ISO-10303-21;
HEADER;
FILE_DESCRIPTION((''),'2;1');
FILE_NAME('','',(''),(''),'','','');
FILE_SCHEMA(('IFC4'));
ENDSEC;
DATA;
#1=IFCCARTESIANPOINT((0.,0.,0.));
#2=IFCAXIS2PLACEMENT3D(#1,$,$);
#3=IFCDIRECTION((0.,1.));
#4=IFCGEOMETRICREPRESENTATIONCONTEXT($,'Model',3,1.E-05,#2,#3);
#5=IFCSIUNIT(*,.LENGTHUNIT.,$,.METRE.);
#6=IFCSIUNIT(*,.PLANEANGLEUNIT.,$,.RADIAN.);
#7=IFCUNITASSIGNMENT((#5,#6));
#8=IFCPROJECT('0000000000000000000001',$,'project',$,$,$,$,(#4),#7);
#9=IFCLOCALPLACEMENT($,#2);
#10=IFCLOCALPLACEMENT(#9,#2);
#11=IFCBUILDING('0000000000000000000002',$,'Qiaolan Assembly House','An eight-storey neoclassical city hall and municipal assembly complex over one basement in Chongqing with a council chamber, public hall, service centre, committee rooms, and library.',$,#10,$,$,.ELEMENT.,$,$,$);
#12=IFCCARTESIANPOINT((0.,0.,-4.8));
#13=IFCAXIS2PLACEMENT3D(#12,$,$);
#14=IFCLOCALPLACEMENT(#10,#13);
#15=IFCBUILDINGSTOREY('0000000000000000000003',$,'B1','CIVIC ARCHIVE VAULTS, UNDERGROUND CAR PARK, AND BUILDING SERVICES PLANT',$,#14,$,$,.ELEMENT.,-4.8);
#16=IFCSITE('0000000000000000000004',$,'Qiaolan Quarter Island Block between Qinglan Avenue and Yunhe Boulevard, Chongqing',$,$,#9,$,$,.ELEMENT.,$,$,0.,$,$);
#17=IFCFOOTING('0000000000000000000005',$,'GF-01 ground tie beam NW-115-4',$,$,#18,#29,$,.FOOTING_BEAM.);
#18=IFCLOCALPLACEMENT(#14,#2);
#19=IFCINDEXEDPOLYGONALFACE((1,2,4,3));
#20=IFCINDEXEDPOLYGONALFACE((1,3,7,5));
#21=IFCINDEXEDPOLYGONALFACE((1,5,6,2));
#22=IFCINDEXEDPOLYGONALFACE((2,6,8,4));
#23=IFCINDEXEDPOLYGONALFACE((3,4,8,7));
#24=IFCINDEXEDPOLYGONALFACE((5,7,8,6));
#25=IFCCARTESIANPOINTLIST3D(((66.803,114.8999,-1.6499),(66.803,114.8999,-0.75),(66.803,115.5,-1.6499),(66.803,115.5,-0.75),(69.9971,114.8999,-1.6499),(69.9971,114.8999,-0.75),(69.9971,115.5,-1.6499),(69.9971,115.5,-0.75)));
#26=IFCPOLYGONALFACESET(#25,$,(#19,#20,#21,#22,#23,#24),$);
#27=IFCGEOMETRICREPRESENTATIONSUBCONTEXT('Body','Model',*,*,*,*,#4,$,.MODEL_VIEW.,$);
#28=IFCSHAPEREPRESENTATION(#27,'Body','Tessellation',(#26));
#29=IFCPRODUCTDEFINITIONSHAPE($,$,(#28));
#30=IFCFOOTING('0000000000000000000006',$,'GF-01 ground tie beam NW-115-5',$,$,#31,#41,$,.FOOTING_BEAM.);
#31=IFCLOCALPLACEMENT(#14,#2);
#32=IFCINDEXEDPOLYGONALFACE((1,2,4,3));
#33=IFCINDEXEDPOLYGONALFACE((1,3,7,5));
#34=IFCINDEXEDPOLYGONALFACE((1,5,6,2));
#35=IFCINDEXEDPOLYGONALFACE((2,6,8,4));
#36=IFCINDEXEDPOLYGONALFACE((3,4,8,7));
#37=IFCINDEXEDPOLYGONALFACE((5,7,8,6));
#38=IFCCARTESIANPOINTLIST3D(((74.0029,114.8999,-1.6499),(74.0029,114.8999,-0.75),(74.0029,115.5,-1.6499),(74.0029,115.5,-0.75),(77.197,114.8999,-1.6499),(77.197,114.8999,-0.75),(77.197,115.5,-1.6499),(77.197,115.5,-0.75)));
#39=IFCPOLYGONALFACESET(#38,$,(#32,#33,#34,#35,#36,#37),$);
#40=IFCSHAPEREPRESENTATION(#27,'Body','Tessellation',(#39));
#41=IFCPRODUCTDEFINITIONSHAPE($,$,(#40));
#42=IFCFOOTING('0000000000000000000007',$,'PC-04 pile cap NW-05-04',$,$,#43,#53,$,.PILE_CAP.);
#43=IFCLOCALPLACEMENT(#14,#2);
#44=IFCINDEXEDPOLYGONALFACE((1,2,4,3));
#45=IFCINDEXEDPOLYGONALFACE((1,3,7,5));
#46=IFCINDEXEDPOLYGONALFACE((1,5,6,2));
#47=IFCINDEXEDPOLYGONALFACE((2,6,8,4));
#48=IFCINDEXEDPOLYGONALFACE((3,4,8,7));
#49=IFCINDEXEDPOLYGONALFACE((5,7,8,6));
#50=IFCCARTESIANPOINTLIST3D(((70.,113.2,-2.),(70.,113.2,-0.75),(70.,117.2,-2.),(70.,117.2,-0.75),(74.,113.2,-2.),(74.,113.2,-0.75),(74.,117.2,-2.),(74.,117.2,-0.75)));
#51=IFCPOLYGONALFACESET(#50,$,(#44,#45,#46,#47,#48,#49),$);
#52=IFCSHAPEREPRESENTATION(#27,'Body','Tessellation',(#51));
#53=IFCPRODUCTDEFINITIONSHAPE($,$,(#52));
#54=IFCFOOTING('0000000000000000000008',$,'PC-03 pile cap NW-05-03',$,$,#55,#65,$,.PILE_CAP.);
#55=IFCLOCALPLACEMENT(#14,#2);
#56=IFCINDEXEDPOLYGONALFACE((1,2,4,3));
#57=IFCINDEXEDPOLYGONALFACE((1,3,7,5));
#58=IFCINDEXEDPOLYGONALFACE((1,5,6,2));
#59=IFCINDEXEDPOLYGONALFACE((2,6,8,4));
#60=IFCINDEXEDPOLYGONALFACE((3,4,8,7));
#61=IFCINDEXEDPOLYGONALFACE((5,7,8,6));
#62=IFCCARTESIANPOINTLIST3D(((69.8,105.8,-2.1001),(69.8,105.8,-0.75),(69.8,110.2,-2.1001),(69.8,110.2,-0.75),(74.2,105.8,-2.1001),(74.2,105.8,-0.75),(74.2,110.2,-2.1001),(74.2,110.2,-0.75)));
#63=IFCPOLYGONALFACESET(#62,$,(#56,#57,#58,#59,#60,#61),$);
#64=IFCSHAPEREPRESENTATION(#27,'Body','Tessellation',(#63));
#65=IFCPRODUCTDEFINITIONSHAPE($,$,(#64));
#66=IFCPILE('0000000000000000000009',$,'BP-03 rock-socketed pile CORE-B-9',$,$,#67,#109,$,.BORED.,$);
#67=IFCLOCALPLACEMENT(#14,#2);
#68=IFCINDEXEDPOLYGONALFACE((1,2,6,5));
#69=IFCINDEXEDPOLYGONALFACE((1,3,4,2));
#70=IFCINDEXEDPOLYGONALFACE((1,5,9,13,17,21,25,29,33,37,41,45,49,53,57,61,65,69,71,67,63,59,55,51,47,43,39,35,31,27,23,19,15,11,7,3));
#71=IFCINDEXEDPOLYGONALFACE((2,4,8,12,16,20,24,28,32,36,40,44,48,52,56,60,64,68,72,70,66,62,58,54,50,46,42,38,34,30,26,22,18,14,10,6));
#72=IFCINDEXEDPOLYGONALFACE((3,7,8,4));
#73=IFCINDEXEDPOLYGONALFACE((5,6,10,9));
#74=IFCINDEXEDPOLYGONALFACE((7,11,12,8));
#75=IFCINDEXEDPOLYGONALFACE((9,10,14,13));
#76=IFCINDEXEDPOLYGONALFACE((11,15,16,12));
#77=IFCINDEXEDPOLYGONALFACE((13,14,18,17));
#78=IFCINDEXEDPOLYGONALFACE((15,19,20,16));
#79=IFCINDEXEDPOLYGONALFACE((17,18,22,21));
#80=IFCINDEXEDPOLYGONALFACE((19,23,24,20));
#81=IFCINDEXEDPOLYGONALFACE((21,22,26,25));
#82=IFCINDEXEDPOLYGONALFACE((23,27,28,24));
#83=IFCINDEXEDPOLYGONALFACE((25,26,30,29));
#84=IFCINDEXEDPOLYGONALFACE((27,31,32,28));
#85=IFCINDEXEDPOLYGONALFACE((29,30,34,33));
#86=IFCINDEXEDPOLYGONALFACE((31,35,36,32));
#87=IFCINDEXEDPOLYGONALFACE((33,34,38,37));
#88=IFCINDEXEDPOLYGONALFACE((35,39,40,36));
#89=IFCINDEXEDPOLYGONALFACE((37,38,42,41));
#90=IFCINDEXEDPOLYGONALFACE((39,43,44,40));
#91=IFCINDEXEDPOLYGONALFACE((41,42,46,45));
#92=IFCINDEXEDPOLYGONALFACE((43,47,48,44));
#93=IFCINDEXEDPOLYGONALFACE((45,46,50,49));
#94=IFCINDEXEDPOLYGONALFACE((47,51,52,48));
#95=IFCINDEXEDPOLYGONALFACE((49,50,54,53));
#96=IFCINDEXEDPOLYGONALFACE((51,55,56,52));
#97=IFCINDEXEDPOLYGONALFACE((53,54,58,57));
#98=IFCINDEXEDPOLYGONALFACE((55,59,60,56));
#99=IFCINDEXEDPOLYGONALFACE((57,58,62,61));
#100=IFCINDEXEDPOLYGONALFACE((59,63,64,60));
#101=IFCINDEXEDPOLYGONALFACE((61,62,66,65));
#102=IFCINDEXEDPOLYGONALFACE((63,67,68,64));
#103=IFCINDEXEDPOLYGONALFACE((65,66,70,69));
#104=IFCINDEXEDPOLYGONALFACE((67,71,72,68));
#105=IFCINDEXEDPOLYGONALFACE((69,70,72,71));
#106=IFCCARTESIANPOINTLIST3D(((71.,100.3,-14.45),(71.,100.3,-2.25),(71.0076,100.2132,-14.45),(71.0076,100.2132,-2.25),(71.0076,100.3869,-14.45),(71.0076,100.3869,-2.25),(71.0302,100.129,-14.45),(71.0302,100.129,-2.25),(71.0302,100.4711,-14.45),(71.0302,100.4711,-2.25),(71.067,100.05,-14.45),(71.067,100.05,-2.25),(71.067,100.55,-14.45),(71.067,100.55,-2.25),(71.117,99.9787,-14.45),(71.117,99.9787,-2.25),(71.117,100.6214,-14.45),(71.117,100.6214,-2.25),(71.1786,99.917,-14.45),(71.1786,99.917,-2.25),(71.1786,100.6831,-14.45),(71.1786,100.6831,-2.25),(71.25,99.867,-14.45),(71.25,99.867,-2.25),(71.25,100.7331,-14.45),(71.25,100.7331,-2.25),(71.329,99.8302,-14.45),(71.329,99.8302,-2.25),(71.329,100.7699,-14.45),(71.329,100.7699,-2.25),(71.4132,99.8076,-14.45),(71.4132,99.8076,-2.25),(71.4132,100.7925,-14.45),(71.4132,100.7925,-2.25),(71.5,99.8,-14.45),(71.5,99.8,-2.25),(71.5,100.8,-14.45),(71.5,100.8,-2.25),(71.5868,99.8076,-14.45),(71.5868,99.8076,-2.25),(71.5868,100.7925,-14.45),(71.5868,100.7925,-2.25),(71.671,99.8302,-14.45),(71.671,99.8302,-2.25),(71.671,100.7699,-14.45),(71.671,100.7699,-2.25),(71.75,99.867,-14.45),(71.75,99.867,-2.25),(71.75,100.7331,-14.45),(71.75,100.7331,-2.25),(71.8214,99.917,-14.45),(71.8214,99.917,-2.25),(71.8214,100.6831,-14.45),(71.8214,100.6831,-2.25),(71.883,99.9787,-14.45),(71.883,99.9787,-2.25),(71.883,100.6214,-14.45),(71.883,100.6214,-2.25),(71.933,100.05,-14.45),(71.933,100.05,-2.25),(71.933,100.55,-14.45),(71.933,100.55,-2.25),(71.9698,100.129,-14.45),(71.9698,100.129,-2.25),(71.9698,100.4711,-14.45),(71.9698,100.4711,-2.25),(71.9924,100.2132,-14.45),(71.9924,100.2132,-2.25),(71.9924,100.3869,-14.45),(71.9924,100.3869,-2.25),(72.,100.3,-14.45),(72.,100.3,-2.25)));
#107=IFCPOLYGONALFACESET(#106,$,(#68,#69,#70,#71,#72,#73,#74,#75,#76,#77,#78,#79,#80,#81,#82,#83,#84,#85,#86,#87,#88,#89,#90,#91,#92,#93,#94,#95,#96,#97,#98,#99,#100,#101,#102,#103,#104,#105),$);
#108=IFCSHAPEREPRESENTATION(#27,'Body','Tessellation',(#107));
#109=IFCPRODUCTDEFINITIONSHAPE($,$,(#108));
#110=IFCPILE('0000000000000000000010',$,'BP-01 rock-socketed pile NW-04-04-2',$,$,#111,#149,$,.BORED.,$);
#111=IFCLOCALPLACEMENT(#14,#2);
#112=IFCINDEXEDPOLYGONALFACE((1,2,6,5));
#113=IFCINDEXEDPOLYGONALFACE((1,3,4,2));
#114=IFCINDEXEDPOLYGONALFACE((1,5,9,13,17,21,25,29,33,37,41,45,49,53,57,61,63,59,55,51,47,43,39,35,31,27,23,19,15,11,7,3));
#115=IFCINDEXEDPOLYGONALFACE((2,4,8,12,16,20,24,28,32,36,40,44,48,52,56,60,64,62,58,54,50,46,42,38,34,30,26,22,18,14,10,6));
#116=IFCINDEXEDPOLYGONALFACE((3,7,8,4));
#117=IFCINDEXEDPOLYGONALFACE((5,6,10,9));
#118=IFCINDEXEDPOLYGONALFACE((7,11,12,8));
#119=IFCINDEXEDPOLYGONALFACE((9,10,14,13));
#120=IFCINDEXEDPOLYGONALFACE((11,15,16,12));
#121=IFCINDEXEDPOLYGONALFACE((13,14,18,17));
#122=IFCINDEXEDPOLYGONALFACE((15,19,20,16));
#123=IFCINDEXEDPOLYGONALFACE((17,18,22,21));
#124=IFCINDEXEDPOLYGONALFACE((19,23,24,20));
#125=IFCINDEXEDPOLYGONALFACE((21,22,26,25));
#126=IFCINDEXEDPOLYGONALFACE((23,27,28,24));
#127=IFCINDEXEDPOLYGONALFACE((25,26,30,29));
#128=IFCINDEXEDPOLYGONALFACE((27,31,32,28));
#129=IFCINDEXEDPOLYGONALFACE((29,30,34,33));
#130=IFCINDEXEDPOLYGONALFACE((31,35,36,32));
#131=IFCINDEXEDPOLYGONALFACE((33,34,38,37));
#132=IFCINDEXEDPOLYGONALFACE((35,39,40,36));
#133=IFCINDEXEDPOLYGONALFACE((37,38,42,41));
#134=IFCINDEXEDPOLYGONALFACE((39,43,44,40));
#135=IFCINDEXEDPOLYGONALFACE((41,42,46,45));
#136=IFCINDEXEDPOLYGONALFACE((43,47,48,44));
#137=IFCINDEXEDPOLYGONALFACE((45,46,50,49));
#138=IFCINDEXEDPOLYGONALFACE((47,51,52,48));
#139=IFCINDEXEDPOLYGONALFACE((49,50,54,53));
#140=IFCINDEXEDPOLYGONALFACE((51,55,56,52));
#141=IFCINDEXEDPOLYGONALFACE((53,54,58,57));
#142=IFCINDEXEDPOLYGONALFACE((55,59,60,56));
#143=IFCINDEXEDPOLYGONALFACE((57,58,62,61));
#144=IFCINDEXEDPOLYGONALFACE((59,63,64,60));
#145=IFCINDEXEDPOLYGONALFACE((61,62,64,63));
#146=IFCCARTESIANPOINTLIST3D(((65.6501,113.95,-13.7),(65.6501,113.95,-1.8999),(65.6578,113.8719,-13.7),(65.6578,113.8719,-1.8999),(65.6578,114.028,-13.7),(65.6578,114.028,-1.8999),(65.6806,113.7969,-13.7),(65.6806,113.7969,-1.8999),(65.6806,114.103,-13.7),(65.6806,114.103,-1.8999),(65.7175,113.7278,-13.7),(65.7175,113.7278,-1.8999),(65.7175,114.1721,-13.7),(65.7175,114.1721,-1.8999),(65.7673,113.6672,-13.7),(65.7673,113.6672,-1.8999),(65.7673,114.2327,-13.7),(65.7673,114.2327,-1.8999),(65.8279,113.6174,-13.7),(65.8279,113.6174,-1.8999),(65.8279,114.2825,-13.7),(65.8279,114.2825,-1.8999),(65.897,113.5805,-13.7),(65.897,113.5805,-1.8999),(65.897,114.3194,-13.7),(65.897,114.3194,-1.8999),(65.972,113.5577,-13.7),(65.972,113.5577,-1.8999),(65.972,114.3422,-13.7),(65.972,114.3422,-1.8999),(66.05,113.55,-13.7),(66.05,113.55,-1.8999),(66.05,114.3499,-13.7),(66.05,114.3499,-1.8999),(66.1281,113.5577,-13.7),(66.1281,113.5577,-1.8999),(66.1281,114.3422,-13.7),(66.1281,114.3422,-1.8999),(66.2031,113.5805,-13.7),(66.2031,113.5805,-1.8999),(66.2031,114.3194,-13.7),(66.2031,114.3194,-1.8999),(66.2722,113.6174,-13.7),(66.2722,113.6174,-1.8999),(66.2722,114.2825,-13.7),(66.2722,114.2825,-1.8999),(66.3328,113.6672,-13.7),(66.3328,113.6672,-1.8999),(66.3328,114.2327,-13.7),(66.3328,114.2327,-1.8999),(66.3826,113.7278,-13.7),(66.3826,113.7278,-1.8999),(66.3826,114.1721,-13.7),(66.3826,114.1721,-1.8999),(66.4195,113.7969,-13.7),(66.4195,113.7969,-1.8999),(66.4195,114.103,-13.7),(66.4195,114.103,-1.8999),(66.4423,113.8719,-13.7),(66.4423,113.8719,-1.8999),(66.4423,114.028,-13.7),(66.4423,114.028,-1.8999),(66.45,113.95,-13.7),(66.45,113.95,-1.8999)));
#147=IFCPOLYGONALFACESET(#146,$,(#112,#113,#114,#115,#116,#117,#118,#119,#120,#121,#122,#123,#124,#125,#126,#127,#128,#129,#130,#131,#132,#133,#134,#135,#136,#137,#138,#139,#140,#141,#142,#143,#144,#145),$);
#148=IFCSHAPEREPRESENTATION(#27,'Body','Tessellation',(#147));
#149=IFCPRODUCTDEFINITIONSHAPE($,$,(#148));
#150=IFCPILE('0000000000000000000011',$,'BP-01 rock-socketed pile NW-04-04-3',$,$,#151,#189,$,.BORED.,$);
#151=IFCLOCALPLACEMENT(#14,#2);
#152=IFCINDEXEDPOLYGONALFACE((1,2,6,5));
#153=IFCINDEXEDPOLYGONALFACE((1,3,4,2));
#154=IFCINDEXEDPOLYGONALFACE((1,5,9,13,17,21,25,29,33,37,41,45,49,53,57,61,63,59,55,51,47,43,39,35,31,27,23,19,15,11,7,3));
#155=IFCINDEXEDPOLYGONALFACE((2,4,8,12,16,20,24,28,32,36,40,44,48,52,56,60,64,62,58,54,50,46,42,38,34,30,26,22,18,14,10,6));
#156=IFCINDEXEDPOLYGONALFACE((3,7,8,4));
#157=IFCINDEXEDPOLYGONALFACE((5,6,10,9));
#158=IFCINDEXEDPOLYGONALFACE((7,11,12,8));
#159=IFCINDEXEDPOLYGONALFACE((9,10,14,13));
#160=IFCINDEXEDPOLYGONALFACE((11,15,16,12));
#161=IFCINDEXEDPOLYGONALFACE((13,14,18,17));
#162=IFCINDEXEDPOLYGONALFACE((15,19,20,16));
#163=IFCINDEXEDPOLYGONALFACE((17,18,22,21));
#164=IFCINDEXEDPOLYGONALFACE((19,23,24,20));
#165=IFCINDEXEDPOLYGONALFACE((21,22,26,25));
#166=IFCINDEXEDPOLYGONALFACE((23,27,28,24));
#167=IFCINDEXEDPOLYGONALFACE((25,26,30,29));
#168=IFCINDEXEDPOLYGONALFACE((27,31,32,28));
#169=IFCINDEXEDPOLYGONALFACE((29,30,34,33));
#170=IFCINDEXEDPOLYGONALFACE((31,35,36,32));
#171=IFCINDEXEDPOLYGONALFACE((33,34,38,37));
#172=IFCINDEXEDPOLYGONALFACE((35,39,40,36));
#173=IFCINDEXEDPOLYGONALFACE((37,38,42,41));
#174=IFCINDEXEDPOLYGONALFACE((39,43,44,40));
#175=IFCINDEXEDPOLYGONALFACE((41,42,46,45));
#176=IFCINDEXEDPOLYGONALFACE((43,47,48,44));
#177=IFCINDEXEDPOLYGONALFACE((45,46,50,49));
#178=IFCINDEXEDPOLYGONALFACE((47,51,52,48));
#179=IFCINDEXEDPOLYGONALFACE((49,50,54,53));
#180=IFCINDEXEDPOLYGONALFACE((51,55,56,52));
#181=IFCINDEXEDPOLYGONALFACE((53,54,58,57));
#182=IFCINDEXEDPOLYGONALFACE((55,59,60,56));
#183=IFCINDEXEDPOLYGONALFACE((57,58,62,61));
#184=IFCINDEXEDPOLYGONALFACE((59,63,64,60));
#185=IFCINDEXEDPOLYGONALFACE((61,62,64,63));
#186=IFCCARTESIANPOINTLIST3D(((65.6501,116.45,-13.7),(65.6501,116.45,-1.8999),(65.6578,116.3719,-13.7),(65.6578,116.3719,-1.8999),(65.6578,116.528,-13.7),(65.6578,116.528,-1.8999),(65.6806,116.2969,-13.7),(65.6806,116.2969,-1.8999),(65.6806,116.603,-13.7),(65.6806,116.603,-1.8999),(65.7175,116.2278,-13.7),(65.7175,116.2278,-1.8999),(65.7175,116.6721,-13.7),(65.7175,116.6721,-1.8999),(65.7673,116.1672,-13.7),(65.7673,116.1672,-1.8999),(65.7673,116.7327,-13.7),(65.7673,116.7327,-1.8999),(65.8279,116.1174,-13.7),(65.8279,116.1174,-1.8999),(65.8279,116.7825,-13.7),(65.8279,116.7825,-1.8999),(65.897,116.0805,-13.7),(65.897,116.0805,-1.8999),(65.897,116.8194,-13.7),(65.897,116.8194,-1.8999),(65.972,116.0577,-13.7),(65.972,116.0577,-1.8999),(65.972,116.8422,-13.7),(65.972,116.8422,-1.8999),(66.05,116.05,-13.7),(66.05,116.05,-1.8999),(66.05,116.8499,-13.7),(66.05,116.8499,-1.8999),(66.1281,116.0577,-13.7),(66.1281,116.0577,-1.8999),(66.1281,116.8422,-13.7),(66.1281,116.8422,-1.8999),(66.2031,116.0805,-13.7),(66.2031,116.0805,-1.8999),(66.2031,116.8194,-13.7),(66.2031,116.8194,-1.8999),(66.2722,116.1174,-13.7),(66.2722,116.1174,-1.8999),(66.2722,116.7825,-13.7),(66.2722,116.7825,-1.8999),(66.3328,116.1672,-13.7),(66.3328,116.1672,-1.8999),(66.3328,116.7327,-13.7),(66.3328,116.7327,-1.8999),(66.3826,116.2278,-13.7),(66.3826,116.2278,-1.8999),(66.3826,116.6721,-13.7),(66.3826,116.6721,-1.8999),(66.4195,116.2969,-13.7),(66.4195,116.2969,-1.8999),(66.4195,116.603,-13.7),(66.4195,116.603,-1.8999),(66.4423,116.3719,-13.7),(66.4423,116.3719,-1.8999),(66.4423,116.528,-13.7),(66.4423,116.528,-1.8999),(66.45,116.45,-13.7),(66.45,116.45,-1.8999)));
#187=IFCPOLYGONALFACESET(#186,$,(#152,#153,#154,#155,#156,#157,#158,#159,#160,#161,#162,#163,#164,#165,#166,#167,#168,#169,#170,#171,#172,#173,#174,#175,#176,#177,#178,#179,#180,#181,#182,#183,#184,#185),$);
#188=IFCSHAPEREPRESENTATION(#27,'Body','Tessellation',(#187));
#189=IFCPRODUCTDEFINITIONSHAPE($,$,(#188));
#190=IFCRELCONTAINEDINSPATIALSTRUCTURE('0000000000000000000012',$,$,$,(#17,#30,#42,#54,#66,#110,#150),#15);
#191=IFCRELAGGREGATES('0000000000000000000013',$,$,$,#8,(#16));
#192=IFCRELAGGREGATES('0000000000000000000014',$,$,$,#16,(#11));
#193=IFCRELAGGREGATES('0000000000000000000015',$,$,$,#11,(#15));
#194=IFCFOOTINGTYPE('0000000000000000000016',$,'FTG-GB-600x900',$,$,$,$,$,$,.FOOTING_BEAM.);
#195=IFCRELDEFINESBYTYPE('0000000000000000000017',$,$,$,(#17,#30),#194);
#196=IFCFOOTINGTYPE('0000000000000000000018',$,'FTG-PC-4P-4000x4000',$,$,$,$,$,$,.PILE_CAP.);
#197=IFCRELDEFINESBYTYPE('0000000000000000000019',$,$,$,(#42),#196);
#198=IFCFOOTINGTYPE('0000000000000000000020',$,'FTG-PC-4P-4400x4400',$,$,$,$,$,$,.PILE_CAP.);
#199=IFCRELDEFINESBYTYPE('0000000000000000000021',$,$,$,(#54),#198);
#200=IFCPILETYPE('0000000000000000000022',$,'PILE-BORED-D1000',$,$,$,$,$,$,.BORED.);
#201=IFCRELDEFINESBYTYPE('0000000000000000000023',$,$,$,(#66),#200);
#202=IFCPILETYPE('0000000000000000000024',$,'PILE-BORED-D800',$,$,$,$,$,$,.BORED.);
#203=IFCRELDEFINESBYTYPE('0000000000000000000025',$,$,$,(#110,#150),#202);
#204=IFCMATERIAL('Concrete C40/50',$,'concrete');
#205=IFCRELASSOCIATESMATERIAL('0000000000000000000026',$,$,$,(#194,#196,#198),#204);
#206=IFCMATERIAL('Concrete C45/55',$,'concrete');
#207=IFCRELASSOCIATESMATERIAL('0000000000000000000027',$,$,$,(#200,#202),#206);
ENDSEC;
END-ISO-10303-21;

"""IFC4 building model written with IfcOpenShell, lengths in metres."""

from ifc_helpers import new_model, si_unit, direction, frame, origin, origin_2d, place, context, subcontext, project, spatial, rectangle, circle, extrude, material, material_profile, profile_set, type_object, element, save


model = new_model("IFC4")

# Units and contexts
model_context = context("Model", 3, precision=1e-05, world=origin(), true_north=direction((0.0, 1.0)))
body_context = subcontext(model_context, "Body", "Model", "MODEL_VIEW")
ifc_project = project(units=[si_unit("LENGTHUNIT", "METRE"), si_unit("PLANEANGLEUNIT", "RADIAN")], contexts=[model_context])

# Site, building, storey
site_placement = place(None, origin())
site = spatial("IfcSite", under=ifc_project, at=site_placement, Name="Qiaolan Quarter Island Block between Qinglan Avenue and Yunhe Boulevard, Chongqing", CompositionType="ELEMENT", RefElevation=0.0)
building_placement = place(site_placement, origin())
building = spatial("IfcBuilding", under=site, at=building_placement, Name="Qiaolan Assembly House", Description="An eight-storey neoclassical city hall and municipal assembly complex over one basement in Chongqing with a council chamber, public hall, service centre, committee rooms, and library.", CompositionType="ELEMENT")
storey_placement = place(building_placement, frame((0.0, 0.0, -4.8)))
storey = spatial("IfcBuildingStorey", under=building, at=storey_placement, Name="B1", Description="CIVIC ARCHIVE VAULTS, UNDERGROUND CAR PARK, AND BUILDING SERVICES PLANT", CompositionType="ELEMENT", Elevation=-4.8)

# Footings
ifc_material_1 = material(Name="Concrete C40/50", Category="concrete")
ifc_material_profile_1 = material_profile(ifc_material_1, rectangle(XDim=0.6001, YDim=0.8999, at=origin_2d()), Name="GF 600x900")
ifc_profile_set_1 = profile_set([ifc_material_profile_1], Name="Concrete C40/50")
footing_type_1 = type_object("IfcFootingType", Name="FTG-GB-600x900", PredefinedType="FOOTING_BEAM", material=ifc_profile_set_1)
for number, where, z_axis, x_axis, name in (
    (1, (66.803, 115.2, -1.2), (1.0, 0.0, 0.0), (0.0, 1.0, 0.0), "GF-01 ground tie beam NW-115-4"),
    (2, (74.0029, 115.2, -1.2), (1.0, 0.0, 0.0), (0.0, 1.0, 0.0), "GF-01 ground tie beam NW-115-5"),
):
    element("IfcFooting", number, at=place(storey_placement, frame(where, z_axis=z_axis, x_axis=x_axis)), inside=storey, type_object=footing_type_1, Name=name, PredefinedType="FOOTING_BEAM", context=body_context, shape_type="SweptSolid", body=[
        extrude(rectangle(XDim=0.6001, YDim=0.8999, at=origin_2d()), origin(), (0.0, 0.0, 1.0), 3.1941),
    ])
footing_type_2 = type_object("IfcFootingType", Name="FTG-PC-4P-4000x4000", PredefinedType="PILE_CAP", material=ifc_material_1)
footing_1_placement = place(storey_placement, frame((72.0, 115.2, -2.0), z_axis=(0.0, 0.0, 1.0), x_axis=(1.0, 0.0, 0.0)))
element("IfcFooting", 3, at=footing_1_placement, inside=storey, type_object=footing_type_2, Name="PC-04 pile cap NW-05-04", PredefinedType="PILE_CAP", context=body_context, shape_type="SweptSolid", body=[
    extrude(rectangle(XDim=4.0, YDim=4.0, at=origin_2d()), origin(), (0.0, 0.0, 1.0), 1.25),
])
footing_type_3 = type_object("IfcFootingType", Name="FTG-PC-4P-4400x4400", PredefinedType="PILE_CAP", material=ifc_material_1)
footing_2_placement = place(storey_placement, frame((72.0, 108.0, -2.1001), z_axis=(0.0, 0.0, 1.0), x_axis=(1.0, 0.0, 0.0)))
element("IfcFooting", 4, at=footing_2_placement, inside=storey, type_object=footing_type_3, Name="PC-03 pile cap NW-05-03", PredefinedType="PILE_CAP", context=body_context, shape_type="SweptSolid", body=[
    extrude(rectangle(XDim=4.3999, YDim=4.3999, at=origin_2d()), origin(), (0.0, 0.0, 1.0), 1.3501),
])

# Piles
ifc_material_2 = material(Name="Concrete C45/55", Category="concrete")
ifc_material_profile_2 = material_profile(ifc_material_2, circle(Radius=0.5, at=origin_2d()), Name="PILE D1000")
ifc_profile_set_2 = profile_set([ifc_material_profile_2], Name="Concrete C45/55")
pile_type_1 = type_object("IfcPileType", Name="PILE-BORED-D1000", PredefinedType="BORED", material=ifc_profile_set_2)
pile_placement = place(storey_placement, frame((71.5, 100.3, -2.25), z_axis=(0.0, 0.0, -1.0), x_axis=(1.0, 0.0, 0.0)))
element("IfcPile", 5, at=pile_placement, inside=storey, type_object=pile_type_1, Name="BP-03 rock-socketed pile CORE-B-9", PredefinedType="BORED", context=body_context, shape_type="SweptSolid", body=[
    extrude(circle(Radius=0.5, at=origin_2d()), origin(), (0.0, 0.0, 1.0), 12.2),
])
ifc_material_profile_3 = material_profile(ifc_material_2, circle(Radius=0.3999, at=origin_2d()), Name="PILE D800")
ifc_profile_set_3 = profile_set([ifc_material_profile_3], Name="Concrete C45/55")
pile_type_2 = type_object("IfcPileType", Name="PILE-BORED-D800", PredefinedType="BORED", material=ifc_profile_set_3)
for number, where, z_axis, x_axis, name in (
    (6, (66.05, 113.95, -1.8999), (0.0, 0.0, -1.0), (1.0, 0.0, 0.0), "BP-01 rock-socketed pile NW-04-04-2"),
    (7, (66.05, 116.45, -1.8999), (0.0, 0.0, -1.0), (1.0, 0.0, 0.0), "BP-01 rock-socketed pile NW-04-04-3"),
):
    element("IfcPile", number, at=place(storey_placement, frame(where, z_axis=z_axis, x_axis=x_axis)), inside=storey, type_object=pile_type_2, Name=name, PredefinedType="BORED", context=body_context, shape_type="SweptSolid", body=[
        extrude(circle(Radius=0.3999, at=origin_2d()), origin(), (0.0, 0.0, 1.0), 11.8),
    ])

save(model, "model.ifc")
